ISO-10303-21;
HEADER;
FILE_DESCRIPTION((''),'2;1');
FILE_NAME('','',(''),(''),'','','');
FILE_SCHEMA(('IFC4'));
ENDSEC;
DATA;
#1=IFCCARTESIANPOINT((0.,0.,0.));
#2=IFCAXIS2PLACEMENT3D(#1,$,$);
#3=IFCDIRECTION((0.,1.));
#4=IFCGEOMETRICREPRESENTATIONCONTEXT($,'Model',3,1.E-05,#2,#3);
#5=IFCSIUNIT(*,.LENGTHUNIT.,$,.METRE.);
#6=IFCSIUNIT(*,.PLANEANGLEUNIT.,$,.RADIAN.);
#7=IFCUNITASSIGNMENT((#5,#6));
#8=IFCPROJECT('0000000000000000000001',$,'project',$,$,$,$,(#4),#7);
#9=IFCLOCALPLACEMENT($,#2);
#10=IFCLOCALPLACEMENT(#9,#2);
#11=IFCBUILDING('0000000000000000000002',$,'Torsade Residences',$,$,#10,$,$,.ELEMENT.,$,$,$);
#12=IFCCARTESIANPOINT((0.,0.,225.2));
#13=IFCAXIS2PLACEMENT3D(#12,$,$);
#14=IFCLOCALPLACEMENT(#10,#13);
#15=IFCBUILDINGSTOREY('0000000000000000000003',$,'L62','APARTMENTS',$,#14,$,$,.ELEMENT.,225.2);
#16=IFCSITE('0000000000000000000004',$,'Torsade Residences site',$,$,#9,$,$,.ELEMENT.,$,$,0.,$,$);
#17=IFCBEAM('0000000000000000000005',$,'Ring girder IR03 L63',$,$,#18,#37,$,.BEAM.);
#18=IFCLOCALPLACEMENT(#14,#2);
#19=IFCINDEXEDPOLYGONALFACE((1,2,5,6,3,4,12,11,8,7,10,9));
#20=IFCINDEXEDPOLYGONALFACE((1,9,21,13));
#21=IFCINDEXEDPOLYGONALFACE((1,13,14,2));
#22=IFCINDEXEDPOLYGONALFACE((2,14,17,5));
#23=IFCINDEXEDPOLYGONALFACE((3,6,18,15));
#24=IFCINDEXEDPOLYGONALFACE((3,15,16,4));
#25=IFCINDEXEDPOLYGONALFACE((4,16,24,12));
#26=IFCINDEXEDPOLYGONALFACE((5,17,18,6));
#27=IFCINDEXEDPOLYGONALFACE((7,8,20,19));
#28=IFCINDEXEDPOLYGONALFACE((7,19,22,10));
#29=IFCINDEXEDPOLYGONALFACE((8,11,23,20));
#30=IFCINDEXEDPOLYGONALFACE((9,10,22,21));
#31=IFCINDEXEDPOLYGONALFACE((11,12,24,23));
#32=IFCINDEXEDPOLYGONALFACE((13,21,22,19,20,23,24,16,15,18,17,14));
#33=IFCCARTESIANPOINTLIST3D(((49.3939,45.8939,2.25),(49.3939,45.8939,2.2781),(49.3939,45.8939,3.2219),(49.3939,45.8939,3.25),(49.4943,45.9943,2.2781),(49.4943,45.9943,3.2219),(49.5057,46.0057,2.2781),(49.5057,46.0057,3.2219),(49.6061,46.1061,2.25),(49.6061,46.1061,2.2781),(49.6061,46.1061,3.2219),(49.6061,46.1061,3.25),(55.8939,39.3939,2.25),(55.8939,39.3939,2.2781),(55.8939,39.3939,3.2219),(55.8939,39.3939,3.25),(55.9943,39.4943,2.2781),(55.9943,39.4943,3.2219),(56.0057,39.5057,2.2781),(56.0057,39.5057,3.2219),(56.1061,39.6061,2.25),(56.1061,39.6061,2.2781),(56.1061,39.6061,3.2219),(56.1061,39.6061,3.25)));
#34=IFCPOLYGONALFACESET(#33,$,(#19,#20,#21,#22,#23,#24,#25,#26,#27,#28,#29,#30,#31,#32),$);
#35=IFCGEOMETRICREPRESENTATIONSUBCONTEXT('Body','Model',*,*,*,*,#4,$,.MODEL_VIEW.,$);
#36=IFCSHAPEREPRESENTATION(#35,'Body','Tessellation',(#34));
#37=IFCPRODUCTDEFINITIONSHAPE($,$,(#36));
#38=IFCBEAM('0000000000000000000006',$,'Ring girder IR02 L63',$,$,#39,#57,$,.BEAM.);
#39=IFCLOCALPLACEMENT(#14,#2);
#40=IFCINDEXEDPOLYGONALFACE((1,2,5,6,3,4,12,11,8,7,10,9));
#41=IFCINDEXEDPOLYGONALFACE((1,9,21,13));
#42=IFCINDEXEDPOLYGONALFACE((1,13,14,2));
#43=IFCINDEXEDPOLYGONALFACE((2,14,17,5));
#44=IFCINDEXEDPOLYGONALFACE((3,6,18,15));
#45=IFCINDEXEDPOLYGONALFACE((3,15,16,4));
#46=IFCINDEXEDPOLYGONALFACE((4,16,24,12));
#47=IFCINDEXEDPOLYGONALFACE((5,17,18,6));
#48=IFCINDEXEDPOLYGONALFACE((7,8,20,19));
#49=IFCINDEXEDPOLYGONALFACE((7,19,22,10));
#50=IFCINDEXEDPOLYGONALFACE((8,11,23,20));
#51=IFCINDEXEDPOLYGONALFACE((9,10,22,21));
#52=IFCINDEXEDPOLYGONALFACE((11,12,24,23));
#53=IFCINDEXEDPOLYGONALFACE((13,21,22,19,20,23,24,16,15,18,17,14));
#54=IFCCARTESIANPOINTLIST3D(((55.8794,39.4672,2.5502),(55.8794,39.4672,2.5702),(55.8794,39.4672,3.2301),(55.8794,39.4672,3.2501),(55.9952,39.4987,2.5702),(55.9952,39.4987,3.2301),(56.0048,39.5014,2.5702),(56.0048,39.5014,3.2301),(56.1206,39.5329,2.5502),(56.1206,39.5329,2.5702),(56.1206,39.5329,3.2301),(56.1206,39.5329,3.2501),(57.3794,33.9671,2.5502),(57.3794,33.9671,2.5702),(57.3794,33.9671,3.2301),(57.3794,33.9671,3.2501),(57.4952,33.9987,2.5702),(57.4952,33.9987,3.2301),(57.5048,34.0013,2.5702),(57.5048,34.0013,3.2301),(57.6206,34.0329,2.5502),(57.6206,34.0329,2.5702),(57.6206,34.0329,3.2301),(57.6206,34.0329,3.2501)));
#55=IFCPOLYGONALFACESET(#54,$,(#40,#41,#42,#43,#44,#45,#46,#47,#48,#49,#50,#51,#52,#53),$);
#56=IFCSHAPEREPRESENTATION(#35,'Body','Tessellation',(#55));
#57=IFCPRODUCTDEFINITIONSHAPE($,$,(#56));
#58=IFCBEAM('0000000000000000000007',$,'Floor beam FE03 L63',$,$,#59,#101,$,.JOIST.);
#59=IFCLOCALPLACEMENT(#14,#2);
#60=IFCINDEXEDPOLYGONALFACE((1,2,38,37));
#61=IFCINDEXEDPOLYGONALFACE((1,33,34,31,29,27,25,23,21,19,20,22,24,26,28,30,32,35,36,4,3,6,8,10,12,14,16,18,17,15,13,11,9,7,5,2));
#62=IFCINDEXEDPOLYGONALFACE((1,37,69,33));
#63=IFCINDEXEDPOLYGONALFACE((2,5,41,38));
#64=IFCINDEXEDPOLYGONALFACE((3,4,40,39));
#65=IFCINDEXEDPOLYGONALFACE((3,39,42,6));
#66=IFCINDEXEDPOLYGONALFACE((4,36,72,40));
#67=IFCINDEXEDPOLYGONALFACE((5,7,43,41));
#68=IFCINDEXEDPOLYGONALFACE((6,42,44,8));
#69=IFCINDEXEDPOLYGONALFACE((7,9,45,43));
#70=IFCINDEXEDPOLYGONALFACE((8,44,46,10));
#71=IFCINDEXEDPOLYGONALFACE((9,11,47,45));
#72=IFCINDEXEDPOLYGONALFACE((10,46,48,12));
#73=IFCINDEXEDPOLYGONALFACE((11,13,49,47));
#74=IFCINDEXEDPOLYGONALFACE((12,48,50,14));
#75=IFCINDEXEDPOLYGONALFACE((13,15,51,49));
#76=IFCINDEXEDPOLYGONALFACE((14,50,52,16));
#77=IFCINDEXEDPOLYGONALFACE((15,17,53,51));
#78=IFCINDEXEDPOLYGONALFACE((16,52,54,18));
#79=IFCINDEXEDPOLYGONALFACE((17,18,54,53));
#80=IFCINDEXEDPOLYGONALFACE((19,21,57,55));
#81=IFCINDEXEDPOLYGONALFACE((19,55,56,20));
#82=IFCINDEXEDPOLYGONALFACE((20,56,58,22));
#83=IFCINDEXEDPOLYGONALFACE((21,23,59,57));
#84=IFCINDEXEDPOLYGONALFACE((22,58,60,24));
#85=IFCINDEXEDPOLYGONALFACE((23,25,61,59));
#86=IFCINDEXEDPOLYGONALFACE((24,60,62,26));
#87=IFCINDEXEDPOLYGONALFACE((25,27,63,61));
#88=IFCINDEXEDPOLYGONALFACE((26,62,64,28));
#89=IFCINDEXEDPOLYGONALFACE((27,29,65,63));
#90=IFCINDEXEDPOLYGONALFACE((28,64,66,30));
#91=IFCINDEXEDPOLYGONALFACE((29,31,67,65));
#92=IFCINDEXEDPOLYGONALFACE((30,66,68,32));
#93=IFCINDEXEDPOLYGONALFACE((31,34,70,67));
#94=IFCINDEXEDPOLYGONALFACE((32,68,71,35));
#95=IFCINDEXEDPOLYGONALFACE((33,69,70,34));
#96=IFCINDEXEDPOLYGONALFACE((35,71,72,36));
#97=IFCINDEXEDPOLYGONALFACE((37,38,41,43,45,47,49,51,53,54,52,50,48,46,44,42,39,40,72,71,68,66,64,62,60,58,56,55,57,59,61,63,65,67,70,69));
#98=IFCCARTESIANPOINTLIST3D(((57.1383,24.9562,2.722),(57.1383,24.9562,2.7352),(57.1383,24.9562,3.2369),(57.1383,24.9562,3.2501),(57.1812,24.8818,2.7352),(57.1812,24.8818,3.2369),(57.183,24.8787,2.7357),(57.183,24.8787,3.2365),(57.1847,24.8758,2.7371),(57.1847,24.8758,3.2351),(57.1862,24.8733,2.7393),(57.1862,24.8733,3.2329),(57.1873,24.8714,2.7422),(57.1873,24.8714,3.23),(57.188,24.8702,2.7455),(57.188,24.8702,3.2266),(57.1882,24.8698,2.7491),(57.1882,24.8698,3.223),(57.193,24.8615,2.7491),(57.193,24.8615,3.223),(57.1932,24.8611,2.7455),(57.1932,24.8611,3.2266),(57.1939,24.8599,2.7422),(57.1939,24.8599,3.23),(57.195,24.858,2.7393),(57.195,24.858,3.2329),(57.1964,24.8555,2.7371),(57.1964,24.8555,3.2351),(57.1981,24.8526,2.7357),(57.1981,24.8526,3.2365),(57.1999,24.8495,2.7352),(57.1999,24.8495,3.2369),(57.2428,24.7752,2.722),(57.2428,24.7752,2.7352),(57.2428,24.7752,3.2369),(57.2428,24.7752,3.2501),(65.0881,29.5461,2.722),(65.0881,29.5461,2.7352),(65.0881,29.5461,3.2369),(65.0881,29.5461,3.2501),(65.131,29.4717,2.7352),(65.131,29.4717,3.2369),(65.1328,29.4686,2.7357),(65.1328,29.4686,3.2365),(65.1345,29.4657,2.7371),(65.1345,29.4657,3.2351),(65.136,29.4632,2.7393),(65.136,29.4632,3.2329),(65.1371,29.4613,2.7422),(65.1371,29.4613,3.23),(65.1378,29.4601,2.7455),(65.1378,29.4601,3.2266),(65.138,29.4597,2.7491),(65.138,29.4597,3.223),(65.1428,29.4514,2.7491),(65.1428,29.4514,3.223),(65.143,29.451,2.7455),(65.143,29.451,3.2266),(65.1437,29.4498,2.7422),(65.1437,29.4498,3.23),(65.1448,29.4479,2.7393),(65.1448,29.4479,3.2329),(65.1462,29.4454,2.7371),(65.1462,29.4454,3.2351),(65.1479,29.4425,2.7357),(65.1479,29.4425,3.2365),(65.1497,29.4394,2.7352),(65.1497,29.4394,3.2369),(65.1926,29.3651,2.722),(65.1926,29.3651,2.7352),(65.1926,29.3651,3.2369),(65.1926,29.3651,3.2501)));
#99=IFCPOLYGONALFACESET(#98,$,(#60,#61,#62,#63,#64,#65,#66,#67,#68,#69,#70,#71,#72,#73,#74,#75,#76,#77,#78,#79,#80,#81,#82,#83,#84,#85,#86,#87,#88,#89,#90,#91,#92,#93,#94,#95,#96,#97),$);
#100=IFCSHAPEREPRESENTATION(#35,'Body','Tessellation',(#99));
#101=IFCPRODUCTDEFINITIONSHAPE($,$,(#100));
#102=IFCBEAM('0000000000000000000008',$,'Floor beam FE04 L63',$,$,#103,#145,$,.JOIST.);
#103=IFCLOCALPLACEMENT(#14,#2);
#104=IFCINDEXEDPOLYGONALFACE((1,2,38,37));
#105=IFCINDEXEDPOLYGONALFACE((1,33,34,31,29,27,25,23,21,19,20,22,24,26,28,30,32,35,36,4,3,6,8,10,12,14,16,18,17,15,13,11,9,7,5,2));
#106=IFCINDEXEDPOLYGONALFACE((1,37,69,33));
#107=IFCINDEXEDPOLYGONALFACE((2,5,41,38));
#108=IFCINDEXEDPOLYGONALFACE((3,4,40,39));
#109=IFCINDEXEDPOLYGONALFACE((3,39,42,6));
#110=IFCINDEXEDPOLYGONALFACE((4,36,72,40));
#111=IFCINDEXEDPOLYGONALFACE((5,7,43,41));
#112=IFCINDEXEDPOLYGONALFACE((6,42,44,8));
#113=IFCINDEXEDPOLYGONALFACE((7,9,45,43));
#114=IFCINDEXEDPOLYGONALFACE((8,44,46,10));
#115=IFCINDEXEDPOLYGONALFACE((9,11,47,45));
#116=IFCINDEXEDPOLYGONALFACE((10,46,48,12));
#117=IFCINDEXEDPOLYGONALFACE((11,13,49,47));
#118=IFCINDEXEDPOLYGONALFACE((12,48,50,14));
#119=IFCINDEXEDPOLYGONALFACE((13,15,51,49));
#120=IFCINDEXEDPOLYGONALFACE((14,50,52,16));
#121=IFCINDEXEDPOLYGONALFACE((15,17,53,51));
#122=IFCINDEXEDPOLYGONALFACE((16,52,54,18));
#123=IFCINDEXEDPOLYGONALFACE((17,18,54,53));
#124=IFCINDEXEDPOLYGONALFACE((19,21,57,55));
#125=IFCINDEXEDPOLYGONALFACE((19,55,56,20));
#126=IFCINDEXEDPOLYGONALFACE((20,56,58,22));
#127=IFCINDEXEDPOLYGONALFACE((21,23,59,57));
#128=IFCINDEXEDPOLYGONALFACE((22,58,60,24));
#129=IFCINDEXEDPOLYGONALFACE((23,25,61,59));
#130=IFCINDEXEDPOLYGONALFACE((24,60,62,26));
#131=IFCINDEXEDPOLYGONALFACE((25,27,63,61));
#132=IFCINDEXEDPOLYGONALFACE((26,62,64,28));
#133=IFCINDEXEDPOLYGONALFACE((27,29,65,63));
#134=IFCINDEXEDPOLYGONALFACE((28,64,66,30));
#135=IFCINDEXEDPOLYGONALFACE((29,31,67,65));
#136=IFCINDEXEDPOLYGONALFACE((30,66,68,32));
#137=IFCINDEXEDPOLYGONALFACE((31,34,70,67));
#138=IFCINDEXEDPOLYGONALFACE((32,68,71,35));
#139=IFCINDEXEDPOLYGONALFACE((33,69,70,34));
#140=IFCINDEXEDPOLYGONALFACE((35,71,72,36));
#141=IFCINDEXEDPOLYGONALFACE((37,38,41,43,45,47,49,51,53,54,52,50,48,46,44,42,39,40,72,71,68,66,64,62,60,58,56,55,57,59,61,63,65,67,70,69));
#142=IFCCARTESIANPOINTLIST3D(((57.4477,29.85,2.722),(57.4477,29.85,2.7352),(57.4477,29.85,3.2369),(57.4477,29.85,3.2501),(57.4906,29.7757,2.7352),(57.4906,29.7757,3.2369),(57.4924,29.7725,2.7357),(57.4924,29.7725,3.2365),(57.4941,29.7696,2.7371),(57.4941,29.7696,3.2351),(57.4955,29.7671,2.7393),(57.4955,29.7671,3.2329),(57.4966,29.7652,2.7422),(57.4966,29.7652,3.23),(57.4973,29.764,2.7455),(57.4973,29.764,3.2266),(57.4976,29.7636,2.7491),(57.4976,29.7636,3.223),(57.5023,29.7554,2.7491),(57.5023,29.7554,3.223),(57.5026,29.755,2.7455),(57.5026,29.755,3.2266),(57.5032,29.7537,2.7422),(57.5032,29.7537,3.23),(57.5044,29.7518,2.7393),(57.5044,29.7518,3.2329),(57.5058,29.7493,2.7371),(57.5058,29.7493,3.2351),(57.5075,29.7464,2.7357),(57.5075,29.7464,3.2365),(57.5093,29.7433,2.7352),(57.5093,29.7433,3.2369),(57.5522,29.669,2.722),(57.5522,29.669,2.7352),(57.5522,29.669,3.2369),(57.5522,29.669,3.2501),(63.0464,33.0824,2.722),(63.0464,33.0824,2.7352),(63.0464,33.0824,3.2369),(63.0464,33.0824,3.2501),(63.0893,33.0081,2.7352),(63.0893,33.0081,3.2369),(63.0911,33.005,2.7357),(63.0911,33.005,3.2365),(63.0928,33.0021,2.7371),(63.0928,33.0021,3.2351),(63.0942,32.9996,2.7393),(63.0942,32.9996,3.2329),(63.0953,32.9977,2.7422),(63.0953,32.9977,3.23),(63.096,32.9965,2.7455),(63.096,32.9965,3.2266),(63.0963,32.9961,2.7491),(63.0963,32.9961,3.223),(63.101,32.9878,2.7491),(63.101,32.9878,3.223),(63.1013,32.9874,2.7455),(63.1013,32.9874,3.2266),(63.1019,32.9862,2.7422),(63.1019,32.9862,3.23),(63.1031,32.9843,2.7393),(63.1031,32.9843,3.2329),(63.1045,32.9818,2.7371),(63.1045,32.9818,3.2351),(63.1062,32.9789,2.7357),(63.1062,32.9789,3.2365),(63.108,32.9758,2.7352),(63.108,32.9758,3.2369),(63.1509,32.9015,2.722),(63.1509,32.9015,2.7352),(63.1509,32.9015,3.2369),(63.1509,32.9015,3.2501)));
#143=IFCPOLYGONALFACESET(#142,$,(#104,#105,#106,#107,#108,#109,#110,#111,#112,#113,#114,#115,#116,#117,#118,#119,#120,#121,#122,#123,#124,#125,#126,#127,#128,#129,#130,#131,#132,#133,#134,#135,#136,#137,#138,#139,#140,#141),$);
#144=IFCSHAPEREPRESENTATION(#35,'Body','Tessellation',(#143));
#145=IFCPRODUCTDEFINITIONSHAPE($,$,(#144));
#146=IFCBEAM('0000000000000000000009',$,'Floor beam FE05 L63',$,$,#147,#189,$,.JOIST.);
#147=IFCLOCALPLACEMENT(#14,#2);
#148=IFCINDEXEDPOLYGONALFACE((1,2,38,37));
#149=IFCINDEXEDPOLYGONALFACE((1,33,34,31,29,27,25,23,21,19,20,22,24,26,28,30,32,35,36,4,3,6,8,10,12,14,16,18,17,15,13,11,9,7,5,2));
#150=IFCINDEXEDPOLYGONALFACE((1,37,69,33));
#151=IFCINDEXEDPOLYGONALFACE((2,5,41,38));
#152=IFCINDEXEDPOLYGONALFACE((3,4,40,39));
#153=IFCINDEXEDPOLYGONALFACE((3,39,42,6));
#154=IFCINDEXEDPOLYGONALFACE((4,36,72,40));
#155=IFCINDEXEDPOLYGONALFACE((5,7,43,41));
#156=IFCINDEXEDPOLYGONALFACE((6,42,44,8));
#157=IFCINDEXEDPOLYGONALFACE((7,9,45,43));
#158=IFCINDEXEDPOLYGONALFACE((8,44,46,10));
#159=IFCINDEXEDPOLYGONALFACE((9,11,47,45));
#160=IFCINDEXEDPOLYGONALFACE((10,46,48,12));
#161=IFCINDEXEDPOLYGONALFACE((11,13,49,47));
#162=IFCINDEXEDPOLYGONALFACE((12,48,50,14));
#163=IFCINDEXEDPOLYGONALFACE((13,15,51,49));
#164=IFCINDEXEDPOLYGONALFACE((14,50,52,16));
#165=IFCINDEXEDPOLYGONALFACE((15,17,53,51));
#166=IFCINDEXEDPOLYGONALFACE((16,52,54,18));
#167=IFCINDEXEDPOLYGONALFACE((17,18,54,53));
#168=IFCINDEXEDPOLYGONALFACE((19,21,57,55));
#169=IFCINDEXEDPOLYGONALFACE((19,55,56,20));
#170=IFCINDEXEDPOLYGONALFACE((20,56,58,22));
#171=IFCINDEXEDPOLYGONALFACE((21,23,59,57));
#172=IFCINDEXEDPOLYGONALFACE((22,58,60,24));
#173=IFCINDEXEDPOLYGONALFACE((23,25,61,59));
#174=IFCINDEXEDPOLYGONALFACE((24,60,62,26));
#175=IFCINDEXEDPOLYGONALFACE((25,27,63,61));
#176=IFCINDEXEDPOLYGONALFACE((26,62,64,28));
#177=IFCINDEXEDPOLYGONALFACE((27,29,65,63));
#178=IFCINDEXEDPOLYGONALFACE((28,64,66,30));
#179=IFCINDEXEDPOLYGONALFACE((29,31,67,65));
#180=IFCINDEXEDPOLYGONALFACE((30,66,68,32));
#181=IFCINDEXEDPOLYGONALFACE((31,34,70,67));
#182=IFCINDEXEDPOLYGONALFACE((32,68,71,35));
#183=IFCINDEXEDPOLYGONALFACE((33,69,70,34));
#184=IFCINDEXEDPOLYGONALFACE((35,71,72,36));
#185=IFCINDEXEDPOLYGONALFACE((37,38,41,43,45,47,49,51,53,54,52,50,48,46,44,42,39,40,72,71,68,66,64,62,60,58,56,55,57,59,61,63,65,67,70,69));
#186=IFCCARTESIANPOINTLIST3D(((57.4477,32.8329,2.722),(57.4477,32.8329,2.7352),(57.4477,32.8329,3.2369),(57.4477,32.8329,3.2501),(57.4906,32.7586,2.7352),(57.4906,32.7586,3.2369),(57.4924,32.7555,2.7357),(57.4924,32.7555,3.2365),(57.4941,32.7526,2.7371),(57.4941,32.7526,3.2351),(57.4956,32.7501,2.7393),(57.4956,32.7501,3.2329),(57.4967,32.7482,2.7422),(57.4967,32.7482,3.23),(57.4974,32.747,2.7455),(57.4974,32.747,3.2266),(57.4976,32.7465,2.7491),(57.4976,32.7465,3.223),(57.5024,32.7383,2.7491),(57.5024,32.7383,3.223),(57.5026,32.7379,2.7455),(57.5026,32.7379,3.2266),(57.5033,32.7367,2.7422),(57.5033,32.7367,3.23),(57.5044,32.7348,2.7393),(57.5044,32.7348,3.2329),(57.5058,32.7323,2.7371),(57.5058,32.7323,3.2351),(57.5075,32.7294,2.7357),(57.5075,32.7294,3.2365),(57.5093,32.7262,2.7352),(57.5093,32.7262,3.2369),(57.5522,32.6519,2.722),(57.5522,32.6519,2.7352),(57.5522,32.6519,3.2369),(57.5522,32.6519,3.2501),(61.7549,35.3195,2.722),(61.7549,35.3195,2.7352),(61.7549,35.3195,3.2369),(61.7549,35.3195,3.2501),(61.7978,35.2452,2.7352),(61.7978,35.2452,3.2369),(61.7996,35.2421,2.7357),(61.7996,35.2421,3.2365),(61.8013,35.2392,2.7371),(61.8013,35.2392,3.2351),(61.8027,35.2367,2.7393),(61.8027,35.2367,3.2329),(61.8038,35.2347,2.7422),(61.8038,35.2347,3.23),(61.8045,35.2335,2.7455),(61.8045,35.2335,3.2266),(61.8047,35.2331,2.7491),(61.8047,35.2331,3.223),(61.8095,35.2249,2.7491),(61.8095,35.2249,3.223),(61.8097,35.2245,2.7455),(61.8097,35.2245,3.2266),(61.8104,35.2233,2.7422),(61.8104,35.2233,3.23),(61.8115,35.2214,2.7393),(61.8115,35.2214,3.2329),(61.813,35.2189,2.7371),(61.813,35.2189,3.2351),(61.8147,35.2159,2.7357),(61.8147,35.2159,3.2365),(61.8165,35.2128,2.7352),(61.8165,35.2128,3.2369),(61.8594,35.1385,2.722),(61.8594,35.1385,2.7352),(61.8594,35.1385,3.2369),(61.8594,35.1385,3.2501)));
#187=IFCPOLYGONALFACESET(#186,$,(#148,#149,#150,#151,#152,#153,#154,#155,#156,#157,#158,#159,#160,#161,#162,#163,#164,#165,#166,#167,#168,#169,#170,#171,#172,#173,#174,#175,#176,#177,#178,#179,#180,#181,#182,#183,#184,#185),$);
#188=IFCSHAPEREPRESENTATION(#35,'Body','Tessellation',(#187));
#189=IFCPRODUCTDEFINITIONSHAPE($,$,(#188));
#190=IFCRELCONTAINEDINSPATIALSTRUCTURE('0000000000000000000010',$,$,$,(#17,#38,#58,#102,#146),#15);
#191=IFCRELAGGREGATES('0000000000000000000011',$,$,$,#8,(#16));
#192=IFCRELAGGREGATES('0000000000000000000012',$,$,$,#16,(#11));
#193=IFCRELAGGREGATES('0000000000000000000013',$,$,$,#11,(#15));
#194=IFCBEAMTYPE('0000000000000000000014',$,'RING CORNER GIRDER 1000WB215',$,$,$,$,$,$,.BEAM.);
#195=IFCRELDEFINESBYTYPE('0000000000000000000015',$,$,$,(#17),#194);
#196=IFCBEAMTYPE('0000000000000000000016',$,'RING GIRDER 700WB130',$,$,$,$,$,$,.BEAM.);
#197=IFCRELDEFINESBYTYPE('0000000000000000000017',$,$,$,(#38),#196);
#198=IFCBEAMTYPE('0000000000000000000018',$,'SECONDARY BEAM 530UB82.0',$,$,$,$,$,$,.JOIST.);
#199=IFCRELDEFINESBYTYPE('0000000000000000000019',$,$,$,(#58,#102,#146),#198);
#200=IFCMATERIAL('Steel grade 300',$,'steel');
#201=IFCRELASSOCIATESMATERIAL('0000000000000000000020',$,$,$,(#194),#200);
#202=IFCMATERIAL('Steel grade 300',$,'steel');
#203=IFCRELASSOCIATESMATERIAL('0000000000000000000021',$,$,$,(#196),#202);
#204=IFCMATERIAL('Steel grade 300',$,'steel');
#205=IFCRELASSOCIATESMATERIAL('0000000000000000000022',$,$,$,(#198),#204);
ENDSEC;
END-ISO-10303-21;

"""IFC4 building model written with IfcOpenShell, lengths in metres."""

from ifc_helpers import new_model, si_unit, direction, frame, origin, origin_2d, place, context, subcontext, project, spatial, i_section, extrude, material, material_profile, profile_set, type_object, element, save


model = new_model("IFC4")

# Units and contexts
model_context = context("Model", 3, precision=1e-05, world=origin(), true_north=direction((0.0, 1.0)))
body_context = subcontext(model_context, "Body", "Model", "MODEL_VIEW")
ifc_project = project(units=[si_unit("LENGTHUNIT", "METRE"), si_unit("PLANEANGLEUNIT", "RADIAN")], contexts=[model_context])

# Site, building, storey
site_placement = place(None, origin())
site = spatial("IfcSite", under=ifc_project, at=site_placement, Name="Torsade Residences site", CompositionType="ELEMENT", RefElevation=0.0)
building_placement = place(site_placement, origin())
building = spatial("IfcBuilding", under=site, at=building_placement, Name="Torsade Residences", CompositionType="ELEMENT")
storey_placement = place(building_placement, frame((0.0, 0.0, 225.2)))
storey = spatial("IfcBuildingStorey", under=building, at=storey_placement, Name="L62", Description="APARTMENTS", CompositionType="ELEMENT", Elevation=225.2)

# Beams
ifc_material_1 = material(Name="Steel grade 300", Category="steel")
ifc_material_profile_1 = material_profile(ifc_material_1, i_section(OverallWidth=0.3, OverallDepth=1.0, WebThickness=0.0161, FlangeThickness=0.0281, at=origin_2d()), Name="1000WB215")
ifc_profile_set_1 = profile_set([ifc_material_profile_1], Name="Steel grade 300")
beam_type_1 = type_object("IfcBeamType", Name="RING CORNER GIRDER 1000WB215", PredefinedType="BEAM", material=ifc_profile_set_1)
beam_1_placement = place(storey_placement, frame((56.0, 39.5, 2.75), z_axis=(-0.707107, 0.707107, 0.0), x_axis=(-0.707107, -0.707107, 0.0)))
element("IfcBeam", 1, at=beam_1_placement, inside=storey, type_object=beam_type_1, Name="Ring girder IR03 L63", PredefinedType="BEAM", context=body_context, shape_type="SweptSolid", body=[
    extrude(i_section(OverallWidth=0.3, OverallDepth=1.0, WebThickness=0.0161, FlangeThickness=0.0281, at=origin_2d()), origin(), (0.0, 0.0, 1.0), 9.1924),
])
ifc_material_2 = material(Name="Steel grade 300", Category="steel")
ifc_material_profile_2 = material_profile(ifc_material_2, i_section(OverallWidth=0.25, OverallDepth=0.7, WebThickness=0.01, FlangeThickness=0.02, at=origin_2d()), Name="700WB130")
ifc_profile_set_2 = profile_set([ifc_material_profile_2], Name="Steel grade 300")
beam_type_2 = type_object("IfcBeamType", Name="RING GIRDER 700WB130", PredefinedType="BEAM", material=ifc_profile_set_2)
beam_2_placement = place(storey_placement, frame((57.5, 34.0, 2.9001), z_axis=(-0.263117, 0.964764, 0.0), x_axis=(-0.964764, -0.263117, 0.0)))
element("IfcBeam", 2, at=beam_2_placement, inside=storey, type_object=beam_type_2, Name="Ring girder IR02 L63", PredefinedType="BEAM", context=body_context, shape_type="SweptSolid", body=[
    extrude(i_section(OverallWidth=0.25, OverallDepth=0.7, WebThickness=0.01, FlangeThickness=0.02, at=origin_2d()), origin(), (0.0, 0.0, 1.0), 5.7009),
])
ifc_material_3 = material(Name="Steel grade 300", Category="steel")
ifc_material_profile_3 = material_profile(ifc_material_3, i_section(OverallWidth=0.209, OverallDepth=0.5281, WebThickness=0.0095, FlangeThickness=0.0132, FilletRadius=0.0139, at=origin_2d()), Name="530UB82.0")
ifc_profile_set_3 = profile_set([ifc_material_profile_3], Name="Steel grade 300")
beam_type_3 = type_object("IfcBeamType", Name="SECONDARY BEAM 530UB82.0", PredefinedType="JOIST", material=ifc_profile_set_3)
beam_3_placement = place(storey_placement, frame((65.1404, 29.4556, 2.9861), z_axis=(-0.866022, -0.500006, 0.0), x_axis=(0.500006, -0.866022, 0.0)))
element("IfcBeam", 3, at=beam_3_placement, inside=storey, type_object=beam_type_3, Name="Floor beam FE03 L63", PredefinedType="JOIST", context=body_context, shape_type="SweptSolid", body=[
    extrude(i_section(OverallWidth=0.209, OverallDepth=0.5281, WebThickness=0.0095, FlangeThickness=0.0132, FilletRadius=0.0139, at=origin_2d()), origin(), (0.0, 0.0, 1.0), 9.1797),
])
beam_4_placement = place(storey_placement, frame((63.0986, 32.9919, 2.9861), z_axis=(-0.866022, -0.500006, 0.0), x_axis=(0.500006, -0.866022, 0.0)))
element("IfcBeam", 4, at=beam_4_placement, inside=storey, type_object=beam_type_3, Name="Floor beam FE04 L63", PredefinedType="JOIST", context=body_context, shape_type="SweptSolid", body=[
    extrude(i_section(OverallWidth=0.209, OverallDepth=0.5281, WebThickness=0.0095, FlangeThickness=0.0132, FilletRadius=0.0139, at=origin_2d()), origin(), (0.0, 0.0, 1.0), 6.4648),
])
beam_5_placement = place(storey_placement, frame((61.8071, 35.229, 2.9861), z_axis=(-0.866038, -0.499977, 0.0), x_axis=(0.499977, -0.866038, 0.0)))
element("IfcBeam", 5, at=beam_5_placement, inside=storey, type_object=beam_type_3, Name="Floor beam FE05 L63", PredefinedType="JOIST", context=body_context, shape_type="SweptSolid", body=[
    extrude(i_section(OverallWidth=0.209, OverallDepth=0.5281, WebThickness=0.0095, FlangeThickness=0.0132, FilletRadius=0.0139, at=origin_2d()), origin(), (0.0, 0.0, 1.0), 4.9734),
])

save(model, "model.ifc")
